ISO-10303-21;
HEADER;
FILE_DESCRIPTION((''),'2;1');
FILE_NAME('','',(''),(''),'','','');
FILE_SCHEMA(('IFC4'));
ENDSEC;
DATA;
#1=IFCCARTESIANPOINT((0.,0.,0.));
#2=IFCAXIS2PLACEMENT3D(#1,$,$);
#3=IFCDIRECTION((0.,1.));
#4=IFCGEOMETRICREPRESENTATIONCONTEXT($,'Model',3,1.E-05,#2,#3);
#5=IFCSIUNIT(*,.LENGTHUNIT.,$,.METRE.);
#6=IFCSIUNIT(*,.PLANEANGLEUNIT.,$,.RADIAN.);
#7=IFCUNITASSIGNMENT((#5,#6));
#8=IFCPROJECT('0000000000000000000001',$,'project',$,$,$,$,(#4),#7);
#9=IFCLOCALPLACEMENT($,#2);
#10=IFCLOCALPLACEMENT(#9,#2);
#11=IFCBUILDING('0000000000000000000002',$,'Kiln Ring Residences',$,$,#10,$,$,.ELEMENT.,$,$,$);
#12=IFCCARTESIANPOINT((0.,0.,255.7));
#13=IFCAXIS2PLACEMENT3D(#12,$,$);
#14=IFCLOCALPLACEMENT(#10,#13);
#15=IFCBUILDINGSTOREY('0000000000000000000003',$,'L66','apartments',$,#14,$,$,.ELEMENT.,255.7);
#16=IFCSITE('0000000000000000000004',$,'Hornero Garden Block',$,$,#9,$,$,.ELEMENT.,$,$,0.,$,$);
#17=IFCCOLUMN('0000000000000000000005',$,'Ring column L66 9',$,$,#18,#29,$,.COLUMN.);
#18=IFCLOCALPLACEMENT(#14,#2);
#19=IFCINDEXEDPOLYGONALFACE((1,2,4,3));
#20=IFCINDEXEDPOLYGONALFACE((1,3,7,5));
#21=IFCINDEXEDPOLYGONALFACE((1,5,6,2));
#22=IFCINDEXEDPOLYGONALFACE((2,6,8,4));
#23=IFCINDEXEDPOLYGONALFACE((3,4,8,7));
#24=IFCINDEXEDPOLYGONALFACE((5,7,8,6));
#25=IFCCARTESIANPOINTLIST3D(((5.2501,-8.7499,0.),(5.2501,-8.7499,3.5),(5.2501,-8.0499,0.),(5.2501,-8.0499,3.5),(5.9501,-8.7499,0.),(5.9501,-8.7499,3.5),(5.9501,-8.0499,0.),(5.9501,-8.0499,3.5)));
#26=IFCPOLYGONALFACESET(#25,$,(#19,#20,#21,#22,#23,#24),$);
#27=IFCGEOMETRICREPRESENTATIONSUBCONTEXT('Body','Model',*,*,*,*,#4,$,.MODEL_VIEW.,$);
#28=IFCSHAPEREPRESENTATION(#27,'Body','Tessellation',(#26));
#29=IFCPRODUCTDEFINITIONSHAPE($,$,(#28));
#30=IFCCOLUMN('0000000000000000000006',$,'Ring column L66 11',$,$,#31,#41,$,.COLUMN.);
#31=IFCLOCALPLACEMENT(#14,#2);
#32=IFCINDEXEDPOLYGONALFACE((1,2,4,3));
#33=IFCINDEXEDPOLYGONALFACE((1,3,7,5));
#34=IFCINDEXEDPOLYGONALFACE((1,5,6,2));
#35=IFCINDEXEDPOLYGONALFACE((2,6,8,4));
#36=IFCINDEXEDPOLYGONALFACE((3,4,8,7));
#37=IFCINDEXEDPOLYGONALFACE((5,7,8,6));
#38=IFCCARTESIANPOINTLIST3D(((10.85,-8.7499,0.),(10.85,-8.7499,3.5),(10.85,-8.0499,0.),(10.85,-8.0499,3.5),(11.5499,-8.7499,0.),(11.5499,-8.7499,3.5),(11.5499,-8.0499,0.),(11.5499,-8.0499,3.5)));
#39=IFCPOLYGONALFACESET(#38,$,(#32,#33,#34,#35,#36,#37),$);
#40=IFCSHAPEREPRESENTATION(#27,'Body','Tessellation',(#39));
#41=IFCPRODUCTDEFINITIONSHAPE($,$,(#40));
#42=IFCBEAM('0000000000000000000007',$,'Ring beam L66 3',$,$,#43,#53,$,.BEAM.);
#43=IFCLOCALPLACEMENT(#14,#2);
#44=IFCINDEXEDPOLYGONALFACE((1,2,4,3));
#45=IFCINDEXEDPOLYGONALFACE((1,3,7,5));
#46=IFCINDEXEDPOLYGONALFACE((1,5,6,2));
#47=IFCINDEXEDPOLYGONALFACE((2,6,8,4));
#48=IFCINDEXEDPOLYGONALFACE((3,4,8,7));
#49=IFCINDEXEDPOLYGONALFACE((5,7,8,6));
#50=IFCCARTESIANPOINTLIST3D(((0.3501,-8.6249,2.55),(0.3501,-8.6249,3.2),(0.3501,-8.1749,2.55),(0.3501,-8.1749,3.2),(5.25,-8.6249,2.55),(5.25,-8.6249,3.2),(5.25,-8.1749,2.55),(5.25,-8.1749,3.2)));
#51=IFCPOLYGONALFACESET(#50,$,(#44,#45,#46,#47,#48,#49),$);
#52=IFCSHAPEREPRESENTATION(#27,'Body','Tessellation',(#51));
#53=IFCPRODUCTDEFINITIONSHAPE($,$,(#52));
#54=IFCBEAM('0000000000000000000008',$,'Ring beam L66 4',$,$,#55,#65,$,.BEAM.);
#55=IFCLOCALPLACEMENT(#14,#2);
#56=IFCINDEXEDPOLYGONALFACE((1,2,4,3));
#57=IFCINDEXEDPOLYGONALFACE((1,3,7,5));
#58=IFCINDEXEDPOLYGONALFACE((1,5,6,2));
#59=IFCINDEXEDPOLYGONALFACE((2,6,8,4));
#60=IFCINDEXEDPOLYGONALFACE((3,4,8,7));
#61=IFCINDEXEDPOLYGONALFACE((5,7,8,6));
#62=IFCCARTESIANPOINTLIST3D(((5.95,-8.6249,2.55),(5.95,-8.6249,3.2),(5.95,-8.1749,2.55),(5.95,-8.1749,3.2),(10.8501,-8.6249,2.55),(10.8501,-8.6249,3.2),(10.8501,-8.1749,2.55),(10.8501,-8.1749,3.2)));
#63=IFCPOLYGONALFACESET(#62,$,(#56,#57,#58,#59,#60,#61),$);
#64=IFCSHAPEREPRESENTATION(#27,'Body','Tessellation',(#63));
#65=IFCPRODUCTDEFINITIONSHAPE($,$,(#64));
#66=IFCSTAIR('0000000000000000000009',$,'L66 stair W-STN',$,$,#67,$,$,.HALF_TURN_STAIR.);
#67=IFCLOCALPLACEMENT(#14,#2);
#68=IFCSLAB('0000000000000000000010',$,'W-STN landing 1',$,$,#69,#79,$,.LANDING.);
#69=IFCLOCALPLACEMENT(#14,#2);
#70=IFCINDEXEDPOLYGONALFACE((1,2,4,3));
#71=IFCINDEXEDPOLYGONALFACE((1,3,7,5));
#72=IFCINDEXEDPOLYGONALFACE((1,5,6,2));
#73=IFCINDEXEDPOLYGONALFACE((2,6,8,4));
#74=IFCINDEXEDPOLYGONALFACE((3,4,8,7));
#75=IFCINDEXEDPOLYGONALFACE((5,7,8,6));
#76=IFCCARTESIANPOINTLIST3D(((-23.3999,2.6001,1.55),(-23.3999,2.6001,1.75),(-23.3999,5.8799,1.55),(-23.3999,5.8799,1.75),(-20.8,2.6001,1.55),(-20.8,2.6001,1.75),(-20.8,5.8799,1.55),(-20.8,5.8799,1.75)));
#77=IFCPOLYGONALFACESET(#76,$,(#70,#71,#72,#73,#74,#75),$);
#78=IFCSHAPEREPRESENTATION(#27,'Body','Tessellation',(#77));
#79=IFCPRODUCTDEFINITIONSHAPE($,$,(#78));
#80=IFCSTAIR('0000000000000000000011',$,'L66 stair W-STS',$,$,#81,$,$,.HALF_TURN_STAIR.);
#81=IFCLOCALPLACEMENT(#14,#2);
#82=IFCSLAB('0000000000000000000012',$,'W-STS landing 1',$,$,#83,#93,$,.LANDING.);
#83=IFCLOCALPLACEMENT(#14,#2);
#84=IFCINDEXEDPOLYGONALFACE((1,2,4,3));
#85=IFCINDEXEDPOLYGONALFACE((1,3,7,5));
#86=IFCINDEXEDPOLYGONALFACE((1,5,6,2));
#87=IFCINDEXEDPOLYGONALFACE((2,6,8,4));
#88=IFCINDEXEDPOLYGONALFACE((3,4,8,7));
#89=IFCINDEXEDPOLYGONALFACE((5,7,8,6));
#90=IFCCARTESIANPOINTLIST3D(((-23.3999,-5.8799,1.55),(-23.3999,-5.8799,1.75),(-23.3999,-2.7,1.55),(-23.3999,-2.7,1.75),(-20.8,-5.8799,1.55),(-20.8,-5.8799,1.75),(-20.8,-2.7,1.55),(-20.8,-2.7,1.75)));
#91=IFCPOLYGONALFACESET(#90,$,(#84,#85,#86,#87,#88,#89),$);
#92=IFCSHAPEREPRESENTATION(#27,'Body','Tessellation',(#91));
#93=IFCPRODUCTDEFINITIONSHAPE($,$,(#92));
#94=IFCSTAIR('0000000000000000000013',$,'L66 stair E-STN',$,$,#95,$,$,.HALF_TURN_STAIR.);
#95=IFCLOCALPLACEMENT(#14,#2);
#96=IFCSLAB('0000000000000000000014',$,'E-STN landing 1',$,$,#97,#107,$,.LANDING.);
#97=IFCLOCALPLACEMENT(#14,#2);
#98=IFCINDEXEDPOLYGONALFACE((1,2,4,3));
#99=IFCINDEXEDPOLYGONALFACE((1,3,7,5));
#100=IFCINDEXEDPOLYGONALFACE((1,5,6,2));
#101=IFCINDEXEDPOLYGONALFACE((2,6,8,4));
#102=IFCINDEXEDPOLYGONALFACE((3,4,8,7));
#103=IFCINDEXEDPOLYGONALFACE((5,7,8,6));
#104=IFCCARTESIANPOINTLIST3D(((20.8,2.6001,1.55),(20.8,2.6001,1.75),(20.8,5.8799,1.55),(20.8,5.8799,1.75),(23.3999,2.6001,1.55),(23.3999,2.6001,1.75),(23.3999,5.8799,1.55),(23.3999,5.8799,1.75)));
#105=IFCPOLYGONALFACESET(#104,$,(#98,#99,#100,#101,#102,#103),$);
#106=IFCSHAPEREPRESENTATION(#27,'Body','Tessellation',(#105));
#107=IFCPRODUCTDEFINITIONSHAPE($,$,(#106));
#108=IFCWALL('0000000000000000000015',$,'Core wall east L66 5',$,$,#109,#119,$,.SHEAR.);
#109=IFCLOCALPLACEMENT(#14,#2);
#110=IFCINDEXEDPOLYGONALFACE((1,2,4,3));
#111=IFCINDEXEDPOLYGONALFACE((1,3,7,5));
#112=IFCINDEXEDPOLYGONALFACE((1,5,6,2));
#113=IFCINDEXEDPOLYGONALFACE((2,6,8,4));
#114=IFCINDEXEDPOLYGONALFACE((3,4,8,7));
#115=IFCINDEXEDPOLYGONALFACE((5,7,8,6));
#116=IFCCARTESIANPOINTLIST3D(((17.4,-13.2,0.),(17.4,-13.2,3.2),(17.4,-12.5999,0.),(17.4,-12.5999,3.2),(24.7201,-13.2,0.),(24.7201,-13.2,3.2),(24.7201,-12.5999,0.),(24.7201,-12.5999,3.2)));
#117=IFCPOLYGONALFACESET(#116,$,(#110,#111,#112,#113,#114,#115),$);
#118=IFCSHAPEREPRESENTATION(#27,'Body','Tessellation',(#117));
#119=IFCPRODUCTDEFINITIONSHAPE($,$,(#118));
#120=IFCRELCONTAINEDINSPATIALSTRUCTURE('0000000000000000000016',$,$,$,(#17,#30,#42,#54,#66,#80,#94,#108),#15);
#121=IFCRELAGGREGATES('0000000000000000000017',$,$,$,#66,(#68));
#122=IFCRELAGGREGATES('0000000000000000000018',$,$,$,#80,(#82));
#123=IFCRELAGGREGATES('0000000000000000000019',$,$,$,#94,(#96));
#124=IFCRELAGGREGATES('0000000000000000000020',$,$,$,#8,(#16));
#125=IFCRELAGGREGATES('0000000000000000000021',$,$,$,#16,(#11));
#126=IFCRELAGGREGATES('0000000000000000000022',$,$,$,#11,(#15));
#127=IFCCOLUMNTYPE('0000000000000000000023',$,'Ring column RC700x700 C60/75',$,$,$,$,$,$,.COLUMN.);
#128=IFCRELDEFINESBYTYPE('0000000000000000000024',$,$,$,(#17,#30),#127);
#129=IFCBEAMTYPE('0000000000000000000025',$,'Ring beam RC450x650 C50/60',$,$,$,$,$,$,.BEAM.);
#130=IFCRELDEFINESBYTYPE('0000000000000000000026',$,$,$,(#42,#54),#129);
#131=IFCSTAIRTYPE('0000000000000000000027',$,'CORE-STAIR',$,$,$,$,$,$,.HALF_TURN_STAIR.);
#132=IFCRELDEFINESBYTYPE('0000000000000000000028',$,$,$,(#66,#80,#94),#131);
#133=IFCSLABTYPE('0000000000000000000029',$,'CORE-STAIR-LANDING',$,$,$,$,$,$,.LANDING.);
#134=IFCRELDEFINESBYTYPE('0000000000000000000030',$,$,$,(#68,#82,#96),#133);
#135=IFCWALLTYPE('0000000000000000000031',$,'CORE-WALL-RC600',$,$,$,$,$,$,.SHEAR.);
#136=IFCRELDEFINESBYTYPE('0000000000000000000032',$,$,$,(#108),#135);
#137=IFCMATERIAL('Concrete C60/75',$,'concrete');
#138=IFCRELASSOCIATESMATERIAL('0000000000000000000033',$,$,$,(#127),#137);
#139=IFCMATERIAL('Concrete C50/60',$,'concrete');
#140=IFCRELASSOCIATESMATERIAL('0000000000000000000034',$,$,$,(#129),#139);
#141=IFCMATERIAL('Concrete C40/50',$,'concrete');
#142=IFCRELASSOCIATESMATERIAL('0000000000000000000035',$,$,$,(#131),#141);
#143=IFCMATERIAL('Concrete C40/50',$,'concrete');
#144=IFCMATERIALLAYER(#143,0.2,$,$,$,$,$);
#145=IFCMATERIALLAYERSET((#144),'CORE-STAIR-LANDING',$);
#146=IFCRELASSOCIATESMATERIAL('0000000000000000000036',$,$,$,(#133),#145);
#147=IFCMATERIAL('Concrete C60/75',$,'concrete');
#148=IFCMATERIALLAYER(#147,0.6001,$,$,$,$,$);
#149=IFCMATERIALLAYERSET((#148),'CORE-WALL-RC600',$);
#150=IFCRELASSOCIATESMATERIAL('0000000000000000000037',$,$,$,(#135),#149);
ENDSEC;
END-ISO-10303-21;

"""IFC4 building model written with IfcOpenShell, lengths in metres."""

from ifc_helpers import new_model, si_unit, direction, frame, frame_2d, origin, origin_2d, place, context, subcontext, project, spatial, polyline, rectangle, outline, extrude, material, layer, layer_set, material_profile, profile_set, type_object, element, aggregate, save


model = new_model("IFC4")

# Units and contexts
model_context = context("Model", 3, precision=1e-05, world=origin(), true_north=direction((0.0, 1.0)))
body_context = subcontext(model_context, "Body", "Model", "MODEL_VIEW")
ifc_project = project(units=[si_unit("LENGTHUNIT", "METRE"), si_unit("PLANEANGLEUNIT", "RADIAN")], contexts=[model_context])

# Site, building, storey
site_placement = place(None, origin())
site = spatial("IfcSite", under=ifc_project, at=site_placement, Name="Hornero Garden Block", CompositionType="ELEMENT", RefElevation=0.0)
building_placement = place(site_placement, origin())
building = spatial("IfcBuilding", under=site, at=building_placement, Name="Kiln Ring Residences", CompositionType="ELEMENT")
storey_placement = place(building_placement, frame((0.0, 0.0, 255.7)))
storey = spatial("IfcBuildingStorey", under=building, at=storey_placement, Name="L66", Description="apartments", CompositionType="ELEMENT", Elevation=255.7)

# Columns
ifc_material_1 = material(Name="Concrete C60/75", Category="concrete")
ifc_material_profile_1 = material_profile(ifc_material_1, rectangle(XDim=0.7, YDim=0.7, at=origin_2d()), Name="RC700x700")
ifc_profile_set_1 = profile_set([ifc_material_profile_1], Name="Concrete C60/75")
column_type = type_object("IfcColumnType", Name="Ring column RC700x700 C60/75", PredefinedType="COLUMN", material=ifc_profile_set_1)
for number, where, z_axis, x_axis, name in (
    (1, (5.6001, -8.3999, 0.0), (0.0, 0.0, 1.0), (1.0, 0.0, 0.0), "Ring column L66 9"),
    (2, (11.2, -8.3999, 0.0), (0.0, 0.0, 1.0), (1.0, 0.0, 0.0), "Ring column L66 11"),
):
    element("IfcColumn", number, at=place(storey_placement, frame(where, z_axis=z_axis, x_axis=x_axis)), inside=storey, type_object=column_type, Name=name, PredefinedType="COLUMN", context=body_context, shape_type="SweptSolid", body=[
        extrude(rectangle(XDim=0.7, YDim=0.7, at=origin_2d()), origin(), (0.0, 0.0, 1.0), 3.5),
    ])

# Beams
ifc_material_2 = material(Name="Concrete C50/60", Category="concrete")
ifc_material_profile_2 = material_profile(ifc_material_2, rectangle(XDim=0.45, YDim=0.6499, at=origin_2d()), Name="RC450x650")
ifc_profile_set_2 = profile_set([ifc_material_profile_2], Name="Concrete C50/60")
beam_type = type_object("IfcBeamType", Name="Ring beam RC450x650 C50/60", PredefinedType="BEAM", material=ifc_profile_set_2)
beam_1_placement = place(storey_placement, frame((0.3501, -8.3999, 2.875), z_axis=(1.0, 0.0, 0.0), x_axis=(0.0, 1.0, 0.0)))
element("IfcBeam", 3, at=beam_1_placement, inside=storey, type_object=beam_type, Name="Ring beam L66 3", PredefinedType="BEAM", context=body_context, shape_type="SweptSolid", body=[
    extrude(rectangle(XDim=0.45, YDim=0.6499, at=origin_2d()), origin(), (0.0, 0.0, 1.0), 4.8999),
])
beam_2_placement = place(storey_placement, frame((5.95, -8.3999, 2.875), z_axis=(1.0, 0.0, 0.0), x_axis=(0.0, 1.0, 0.0)))
element("IfcBeam", 4, at=beam_2_placement, inside=storey, type_object=beam_type, Name="Ring beam L66 4", PredefinedType="BEAM", context=body_context, shape_type="SweptSolid", body=[
    extrude(rectangle(XDim=0.45, YDim=0.6499, at=origin_2d()), origin(), (0.0, 0.0, 1.0), 4.9001),
])

# Stairs, slabs
ifc_material_3 = material(Name="Concrete C40/50", Category="concrete")
stair_type = type_object("IfcStairType", Name="CORE-STAIR", PredefinedType="HALF_TURN_STAIR", material=ifc_material_3)
placement_1 = place(storey_placement, origin())
stair_1 = element("IfcStair", 5, at=placement_1, inside=storey, type_object=stair_type, Name="L66 stair W-STN", PredefinedType="HALF_TURN_STAIR")
ifc_material_4 = material(Name="Concrete C40/50", Category="concrete")
ifc_layer_1 = layer(ifc_material_4, 0.2)
ifc_layer_set_1 = layer_set([ifc_layer_1], Name="CORE-STAIR-LANDING")
slab_type = type_object("IfcSlabType", Name="CORE-STAIR-LANDING", PredefinedType="LANDING", material=ifc_layer_set_1)
placement_2 = place(storey_placement, frame((0.0, 0.0, 1.55)))
slab_1 = element("IfcSlab", 6, at=placement_2, type_object=slab_type, Name="W-STN landing 1", PredefinedType="LANDING", context=body_context, shape_type="SweptSolid", body=[
    extrude(outline(polyline([(-23.3999, 5.8799), (-23.3999, 2.6001), (-20.8, 2.6001), (-20.8, 5.8799), (-23.3999, 5.8799)])), origin(), (0.0, 0.0, 1.0), 0.2),
])
aggregate(stair_1, [slab_1])
stair_2 = element("IfcStair", 7, at=placement_1, inside=storey, type_object=stair_type, Name="L66 stair W-STS", PredefinedType="HALF_TURN_STAIR")
slab_2 = element("IfcSlab", 8, at=placement_2, type_object=slab_type, Name="W-STS landing 1", PredefinedType="LANDING", context=body_context, shape_type="SweptSolid", body=[
    extrude(outline(polyline([(-20.8, -5.8799), (-20.8, -2.7), (-23.3999, -2.7), (-23.3999, -5.8799), (-20.8, -5.8799)])), origin(), (0.0, 0.0, 1.0), 0.2),
])
aggregate(stair_2, [slab_2])
stair_3 = element("IfcStair", 9, at=placement_1, inside=storey, type_object=stair_type, Name="L66 stair E-STN", PredefinedType="HALF_TURN_STAIR")
slab_3 = element("IfcSlab", 10, at=placement_2, type_object=slab_type, Name="E-STN landing 1", PredefinedType="LANDING", context=body_context, shape_type="SweptSolid", body=[
    extrude(outline(polyline([(20.8, 5.8799), (20.8, 2.6001), (23.3999, 2.6001), (23.3999, 5.8799), (20.8, 5.8799)])), origin(), (0.0, 0.0, 1.0), 0.2),
])
aggregate(stair_3, [slab_3])

# Wall
ifc_material_5 = material(Name="Concrete C60/75", Category="concrete")
ifc_layer_2 = layer(ifc_material_5, 0.6001)
ifc_layer_set_2 = layer_set([ifc_layer_2], Name="CORE-WALL-RC600")
wall_type_1 = type_object("IfcWallType", Name="CORE-WALL-RC600", PredefinedType="SHEAR", material=ifc_layer_set_2)
wall_1_placement = place(storey_placement, frame((17.3999, -12.8999, 0.0), z_axis=(0.0, 0.0, 1.0), x_axis=(1.0, 0.0, 0.0)))
element("IfcWall", 11, at=wall_1_placement, inside=storey, type_object=wall_type_1, Name="Core wall east L66 5", PredefinedType="SHEAR", context=body_context, shape_type="SweptSolid", body=[
    extrude(rectangle(XDim=7.3201, YDim=0.6001, at=frame_2d((3.6602, 0.0))), origin(), (0.0, 0.0, 1.0), 3.2),
])

save(model, "model.ifc")
